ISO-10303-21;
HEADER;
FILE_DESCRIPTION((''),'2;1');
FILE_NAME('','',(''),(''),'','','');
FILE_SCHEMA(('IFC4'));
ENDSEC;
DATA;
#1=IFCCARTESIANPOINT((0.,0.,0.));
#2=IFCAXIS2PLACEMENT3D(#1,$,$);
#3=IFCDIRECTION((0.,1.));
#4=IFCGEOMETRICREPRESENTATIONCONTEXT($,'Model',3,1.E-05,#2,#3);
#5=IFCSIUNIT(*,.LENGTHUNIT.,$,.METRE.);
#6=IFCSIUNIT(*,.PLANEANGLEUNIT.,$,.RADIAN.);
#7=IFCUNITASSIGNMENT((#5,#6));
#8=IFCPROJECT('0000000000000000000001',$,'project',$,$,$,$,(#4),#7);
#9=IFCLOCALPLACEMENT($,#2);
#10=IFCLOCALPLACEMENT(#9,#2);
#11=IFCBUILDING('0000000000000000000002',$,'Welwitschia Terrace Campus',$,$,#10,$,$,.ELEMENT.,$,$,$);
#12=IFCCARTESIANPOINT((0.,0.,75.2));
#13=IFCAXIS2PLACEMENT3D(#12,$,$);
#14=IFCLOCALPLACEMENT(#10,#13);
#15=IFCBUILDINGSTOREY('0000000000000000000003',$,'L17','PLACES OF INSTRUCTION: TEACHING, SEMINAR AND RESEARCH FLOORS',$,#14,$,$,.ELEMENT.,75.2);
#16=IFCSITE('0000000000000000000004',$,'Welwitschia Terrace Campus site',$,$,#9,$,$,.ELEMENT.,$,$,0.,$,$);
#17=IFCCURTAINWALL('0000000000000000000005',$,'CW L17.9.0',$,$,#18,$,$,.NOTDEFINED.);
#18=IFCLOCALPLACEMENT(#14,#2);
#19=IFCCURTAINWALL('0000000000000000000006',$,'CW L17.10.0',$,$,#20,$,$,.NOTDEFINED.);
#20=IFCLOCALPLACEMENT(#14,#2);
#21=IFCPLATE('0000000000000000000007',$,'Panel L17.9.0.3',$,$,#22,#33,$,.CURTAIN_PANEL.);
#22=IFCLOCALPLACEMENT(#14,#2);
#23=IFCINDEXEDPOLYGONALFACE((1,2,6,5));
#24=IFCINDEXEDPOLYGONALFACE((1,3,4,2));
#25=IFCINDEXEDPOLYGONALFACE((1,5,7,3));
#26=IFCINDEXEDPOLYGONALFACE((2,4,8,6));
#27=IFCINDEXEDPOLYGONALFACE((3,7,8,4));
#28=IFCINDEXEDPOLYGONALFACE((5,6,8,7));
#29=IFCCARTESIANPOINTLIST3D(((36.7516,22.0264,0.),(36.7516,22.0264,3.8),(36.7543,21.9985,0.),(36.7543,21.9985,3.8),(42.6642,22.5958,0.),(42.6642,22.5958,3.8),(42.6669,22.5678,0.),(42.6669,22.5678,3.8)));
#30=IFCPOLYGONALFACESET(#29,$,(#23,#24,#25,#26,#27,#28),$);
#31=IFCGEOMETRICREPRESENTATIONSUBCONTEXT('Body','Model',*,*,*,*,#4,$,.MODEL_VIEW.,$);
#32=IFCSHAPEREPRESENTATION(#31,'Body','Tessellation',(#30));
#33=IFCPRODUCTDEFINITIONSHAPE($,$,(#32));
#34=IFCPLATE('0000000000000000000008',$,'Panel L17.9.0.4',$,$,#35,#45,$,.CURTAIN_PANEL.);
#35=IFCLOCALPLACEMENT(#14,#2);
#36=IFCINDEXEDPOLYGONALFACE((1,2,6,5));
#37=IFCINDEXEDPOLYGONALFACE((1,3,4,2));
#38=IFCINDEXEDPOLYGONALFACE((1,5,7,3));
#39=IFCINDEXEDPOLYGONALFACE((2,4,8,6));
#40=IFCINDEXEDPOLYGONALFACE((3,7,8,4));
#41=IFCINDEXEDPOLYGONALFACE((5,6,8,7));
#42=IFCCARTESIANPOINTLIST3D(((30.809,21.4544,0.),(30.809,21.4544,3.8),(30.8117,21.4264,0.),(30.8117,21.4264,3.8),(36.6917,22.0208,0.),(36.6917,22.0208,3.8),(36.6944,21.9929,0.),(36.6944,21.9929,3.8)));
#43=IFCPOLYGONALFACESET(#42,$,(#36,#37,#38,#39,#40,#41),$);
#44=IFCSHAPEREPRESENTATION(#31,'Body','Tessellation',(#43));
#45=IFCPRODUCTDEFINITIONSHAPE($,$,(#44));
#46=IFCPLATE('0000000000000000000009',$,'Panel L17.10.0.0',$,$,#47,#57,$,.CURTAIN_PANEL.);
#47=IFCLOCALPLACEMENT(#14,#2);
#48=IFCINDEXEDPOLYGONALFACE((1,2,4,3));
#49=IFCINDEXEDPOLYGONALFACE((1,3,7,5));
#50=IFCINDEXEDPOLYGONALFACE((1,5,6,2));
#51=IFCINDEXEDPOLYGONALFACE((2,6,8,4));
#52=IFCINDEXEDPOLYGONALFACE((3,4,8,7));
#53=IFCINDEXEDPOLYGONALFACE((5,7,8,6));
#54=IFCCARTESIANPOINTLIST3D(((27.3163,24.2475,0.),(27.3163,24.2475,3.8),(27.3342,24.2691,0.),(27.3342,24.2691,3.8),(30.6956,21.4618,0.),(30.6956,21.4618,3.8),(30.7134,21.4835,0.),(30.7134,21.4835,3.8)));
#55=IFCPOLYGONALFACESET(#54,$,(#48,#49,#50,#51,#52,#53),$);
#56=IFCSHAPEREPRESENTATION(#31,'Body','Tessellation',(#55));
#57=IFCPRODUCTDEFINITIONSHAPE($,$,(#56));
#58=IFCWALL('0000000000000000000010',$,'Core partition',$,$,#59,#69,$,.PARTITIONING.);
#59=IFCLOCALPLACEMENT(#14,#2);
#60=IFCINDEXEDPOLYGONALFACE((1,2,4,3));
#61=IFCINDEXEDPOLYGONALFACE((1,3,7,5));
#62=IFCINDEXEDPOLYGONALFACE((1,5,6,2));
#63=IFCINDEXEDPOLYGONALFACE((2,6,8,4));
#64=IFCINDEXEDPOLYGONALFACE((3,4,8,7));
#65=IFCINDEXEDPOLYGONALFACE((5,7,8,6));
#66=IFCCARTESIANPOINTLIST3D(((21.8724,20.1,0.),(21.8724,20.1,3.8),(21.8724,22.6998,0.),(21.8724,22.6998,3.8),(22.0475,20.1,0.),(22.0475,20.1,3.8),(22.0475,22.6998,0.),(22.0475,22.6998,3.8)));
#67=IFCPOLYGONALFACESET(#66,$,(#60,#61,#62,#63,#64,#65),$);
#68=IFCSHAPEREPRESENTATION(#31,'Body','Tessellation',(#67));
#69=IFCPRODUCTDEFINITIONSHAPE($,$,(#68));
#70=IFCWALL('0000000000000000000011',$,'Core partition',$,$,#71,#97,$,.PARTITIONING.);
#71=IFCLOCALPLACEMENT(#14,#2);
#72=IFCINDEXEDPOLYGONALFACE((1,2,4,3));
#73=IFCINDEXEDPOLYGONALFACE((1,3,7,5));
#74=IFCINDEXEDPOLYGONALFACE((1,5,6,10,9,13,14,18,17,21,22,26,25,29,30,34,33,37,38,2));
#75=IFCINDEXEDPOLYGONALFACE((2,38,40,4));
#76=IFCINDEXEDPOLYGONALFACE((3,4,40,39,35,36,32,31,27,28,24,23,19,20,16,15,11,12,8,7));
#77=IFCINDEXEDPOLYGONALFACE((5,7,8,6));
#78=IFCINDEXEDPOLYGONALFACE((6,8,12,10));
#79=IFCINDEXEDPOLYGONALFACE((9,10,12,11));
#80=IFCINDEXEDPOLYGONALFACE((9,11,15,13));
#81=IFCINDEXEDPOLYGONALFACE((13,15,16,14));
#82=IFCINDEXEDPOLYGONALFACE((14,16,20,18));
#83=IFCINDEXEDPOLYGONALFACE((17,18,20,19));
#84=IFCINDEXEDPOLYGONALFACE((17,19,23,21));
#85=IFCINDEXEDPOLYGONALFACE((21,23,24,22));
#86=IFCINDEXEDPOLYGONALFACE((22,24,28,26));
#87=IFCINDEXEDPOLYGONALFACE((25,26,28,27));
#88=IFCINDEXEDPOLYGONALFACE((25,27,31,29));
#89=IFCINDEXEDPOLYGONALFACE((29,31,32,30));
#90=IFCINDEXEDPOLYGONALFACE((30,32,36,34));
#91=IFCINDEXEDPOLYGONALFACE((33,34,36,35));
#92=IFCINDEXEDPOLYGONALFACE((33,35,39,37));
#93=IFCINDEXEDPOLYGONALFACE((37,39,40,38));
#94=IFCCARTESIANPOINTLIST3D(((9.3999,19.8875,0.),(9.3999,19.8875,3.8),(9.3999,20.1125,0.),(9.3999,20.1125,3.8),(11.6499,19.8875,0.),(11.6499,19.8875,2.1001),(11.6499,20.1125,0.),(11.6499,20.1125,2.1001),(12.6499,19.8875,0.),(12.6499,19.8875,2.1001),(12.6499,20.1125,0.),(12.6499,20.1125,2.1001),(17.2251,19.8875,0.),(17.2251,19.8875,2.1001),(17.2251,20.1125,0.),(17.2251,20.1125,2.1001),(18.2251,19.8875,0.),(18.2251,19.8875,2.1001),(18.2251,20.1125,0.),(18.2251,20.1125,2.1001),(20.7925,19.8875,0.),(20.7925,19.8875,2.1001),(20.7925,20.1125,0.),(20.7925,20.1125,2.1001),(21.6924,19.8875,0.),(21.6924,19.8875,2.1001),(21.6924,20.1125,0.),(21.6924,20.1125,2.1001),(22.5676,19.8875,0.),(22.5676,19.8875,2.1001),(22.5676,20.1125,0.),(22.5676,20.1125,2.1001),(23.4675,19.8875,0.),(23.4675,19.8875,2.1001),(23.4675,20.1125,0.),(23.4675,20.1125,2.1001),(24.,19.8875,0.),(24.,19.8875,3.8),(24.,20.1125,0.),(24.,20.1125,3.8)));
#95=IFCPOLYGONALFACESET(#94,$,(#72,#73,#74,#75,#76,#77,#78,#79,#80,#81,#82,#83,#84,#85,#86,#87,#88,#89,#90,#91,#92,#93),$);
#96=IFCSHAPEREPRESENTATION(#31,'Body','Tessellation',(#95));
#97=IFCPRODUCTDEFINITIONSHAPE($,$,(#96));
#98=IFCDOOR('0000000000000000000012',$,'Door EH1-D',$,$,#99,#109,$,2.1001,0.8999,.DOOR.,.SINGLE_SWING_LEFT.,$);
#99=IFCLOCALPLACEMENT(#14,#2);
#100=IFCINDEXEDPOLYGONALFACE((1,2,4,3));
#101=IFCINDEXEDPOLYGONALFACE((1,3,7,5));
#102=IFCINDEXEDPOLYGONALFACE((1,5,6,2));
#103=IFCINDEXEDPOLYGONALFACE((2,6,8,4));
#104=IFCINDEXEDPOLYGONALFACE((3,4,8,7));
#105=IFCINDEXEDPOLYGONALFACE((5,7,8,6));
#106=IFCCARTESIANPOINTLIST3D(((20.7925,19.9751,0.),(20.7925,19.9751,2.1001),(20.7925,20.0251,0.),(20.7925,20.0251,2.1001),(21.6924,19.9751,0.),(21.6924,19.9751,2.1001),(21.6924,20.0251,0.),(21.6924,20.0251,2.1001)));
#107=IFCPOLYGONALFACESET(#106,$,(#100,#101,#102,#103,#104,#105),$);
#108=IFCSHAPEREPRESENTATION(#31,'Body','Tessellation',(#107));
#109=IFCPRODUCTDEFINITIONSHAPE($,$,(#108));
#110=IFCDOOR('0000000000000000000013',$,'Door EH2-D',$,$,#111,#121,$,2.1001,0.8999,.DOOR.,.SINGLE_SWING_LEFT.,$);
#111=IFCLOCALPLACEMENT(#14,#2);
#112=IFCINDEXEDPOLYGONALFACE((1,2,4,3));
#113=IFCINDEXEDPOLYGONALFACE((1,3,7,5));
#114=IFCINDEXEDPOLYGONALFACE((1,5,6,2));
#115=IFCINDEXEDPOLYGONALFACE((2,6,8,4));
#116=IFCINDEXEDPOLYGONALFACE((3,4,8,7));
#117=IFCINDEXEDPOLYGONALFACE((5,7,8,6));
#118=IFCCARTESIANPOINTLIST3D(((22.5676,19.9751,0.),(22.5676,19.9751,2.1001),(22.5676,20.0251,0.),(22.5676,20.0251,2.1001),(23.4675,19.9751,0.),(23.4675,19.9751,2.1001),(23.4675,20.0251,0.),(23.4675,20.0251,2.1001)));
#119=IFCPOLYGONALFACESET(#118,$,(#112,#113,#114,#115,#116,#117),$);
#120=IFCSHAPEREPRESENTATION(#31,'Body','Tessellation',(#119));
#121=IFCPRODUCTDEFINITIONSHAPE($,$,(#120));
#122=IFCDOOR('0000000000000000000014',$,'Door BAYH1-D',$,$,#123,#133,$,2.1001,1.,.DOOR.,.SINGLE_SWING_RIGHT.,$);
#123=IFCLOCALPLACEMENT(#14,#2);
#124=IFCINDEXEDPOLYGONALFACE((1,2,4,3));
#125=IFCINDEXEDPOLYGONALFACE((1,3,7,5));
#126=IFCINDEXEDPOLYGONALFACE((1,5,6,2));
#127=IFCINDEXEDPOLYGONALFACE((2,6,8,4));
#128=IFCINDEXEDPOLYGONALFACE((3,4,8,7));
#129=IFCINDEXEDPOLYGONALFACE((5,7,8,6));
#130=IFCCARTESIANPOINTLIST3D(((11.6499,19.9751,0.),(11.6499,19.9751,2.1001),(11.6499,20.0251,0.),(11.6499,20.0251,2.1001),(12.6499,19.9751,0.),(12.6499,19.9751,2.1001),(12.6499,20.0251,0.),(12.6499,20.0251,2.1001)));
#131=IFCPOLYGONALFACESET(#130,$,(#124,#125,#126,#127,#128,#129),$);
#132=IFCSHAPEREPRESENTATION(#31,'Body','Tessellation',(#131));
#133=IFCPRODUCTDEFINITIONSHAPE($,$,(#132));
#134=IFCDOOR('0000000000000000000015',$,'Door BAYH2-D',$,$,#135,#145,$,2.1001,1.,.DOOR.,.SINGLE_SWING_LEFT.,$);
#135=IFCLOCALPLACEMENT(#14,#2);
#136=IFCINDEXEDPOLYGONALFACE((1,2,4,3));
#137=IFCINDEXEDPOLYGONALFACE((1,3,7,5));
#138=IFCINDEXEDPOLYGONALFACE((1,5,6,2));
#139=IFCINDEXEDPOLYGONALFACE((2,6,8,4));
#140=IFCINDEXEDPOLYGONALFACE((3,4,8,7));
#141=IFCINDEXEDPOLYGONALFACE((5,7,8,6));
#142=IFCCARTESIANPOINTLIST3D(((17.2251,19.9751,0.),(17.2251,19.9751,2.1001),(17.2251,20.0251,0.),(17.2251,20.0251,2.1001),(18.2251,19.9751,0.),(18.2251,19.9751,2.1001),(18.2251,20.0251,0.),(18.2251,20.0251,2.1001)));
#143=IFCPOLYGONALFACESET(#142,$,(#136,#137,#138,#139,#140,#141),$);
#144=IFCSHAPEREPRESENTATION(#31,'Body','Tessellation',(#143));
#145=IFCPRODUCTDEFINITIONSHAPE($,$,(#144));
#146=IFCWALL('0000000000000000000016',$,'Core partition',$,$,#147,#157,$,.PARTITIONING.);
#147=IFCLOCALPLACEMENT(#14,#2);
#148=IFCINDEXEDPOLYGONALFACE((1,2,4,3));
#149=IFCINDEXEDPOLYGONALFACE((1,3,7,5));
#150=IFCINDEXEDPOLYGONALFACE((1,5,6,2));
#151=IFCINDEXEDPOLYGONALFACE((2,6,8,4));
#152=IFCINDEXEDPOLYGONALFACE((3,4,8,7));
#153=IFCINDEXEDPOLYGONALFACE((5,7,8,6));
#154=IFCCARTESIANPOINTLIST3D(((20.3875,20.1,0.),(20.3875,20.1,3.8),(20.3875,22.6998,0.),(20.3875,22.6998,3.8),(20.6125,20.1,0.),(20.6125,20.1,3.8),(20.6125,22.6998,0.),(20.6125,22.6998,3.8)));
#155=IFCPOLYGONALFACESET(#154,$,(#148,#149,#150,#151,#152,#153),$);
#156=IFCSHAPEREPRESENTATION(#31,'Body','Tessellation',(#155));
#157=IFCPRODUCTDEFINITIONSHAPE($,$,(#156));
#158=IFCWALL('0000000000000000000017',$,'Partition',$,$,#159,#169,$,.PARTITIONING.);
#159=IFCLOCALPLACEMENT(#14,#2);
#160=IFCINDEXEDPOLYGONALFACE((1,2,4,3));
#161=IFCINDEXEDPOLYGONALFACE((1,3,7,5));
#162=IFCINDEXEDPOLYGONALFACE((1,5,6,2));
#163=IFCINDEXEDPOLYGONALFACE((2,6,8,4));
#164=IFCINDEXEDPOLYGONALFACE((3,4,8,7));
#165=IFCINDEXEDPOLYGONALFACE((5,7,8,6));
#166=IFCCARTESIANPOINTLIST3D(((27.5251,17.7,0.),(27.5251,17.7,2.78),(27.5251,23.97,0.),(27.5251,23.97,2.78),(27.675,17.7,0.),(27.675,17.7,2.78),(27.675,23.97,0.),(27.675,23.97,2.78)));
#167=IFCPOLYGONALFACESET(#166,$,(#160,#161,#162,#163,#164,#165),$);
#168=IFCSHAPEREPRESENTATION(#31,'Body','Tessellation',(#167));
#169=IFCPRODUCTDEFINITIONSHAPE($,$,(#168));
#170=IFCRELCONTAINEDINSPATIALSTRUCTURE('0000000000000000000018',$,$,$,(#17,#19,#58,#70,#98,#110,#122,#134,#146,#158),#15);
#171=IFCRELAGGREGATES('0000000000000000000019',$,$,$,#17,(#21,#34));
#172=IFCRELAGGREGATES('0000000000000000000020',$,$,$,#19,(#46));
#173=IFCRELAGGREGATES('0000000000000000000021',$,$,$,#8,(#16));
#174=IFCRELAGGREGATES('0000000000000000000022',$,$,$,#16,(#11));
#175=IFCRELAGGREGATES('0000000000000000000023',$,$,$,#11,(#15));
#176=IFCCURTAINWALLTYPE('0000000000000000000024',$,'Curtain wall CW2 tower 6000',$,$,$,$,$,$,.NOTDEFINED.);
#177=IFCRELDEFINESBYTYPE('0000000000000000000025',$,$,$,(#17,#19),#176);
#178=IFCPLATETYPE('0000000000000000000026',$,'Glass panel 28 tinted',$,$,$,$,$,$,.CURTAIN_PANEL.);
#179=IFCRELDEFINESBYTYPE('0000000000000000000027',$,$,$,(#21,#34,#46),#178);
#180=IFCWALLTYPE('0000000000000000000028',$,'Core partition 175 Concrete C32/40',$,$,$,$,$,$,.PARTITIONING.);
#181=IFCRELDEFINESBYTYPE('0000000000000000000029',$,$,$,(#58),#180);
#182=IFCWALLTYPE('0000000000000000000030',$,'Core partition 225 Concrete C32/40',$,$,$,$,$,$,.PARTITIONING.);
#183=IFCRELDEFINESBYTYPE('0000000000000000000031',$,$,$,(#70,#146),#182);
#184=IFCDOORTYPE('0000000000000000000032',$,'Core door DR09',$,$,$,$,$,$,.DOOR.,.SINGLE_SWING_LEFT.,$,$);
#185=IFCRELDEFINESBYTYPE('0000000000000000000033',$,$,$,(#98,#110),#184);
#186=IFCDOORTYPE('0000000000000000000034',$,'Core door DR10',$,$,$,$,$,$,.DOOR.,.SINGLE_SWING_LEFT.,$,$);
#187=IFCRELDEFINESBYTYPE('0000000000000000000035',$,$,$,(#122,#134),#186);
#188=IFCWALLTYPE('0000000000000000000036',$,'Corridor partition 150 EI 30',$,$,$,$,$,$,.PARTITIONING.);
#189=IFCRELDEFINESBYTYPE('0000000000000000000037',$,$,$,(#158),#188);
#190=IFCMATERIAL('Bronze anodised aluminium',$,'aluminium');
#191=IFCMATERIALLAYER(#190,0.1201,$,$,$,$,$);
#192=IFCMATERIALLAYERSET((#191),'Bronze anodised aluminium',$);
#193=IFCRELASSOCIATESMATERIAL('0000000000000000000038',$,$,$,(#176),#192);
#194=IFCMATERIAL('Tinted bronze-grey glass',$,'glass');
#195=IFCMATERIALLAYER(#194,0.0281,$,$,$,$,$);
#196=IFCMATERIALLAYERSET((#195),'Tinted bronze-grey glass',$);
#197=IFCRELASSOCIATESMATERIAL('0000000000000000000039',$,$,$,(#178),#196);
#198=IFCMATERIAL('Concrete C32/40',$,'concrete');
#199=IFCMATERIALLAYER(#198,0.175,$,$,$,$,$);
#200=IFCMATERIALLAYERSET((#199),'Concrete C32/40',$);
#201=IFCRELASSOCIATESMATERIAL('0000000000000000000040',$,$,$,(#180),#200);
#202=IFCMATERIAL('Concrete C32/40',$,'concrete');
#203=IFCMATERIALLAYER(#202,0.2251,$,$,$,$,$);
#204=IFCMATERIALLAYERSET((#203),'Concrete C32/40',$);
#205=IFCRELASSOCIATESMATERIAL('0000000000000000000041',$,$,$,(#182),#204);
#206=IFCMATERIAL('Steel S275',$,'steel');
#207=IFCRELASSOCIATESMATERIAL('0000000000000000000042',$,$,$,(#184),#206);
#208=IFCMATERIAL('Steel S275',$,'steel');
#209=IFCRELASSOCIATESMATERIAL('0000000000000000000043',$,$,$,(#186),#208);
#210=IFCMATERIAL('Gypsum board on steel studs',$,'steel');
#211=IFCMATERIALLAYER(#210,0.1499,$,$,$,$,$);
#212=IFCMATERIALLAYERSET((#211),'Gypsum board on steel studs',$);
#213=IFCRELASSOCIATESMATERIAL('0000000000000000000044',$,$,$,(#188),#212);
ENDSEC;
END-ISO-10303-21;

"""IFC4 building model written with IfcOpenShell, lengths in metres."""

from ifc_helpers import new_model, si_unit, direction, frame, frame_2d, origin, origin_2d, place, context, subcontext, project, spatial, rectangle, extrude, material, layer, layer_set, type_object, element, fill, aggregate, save


model = new_model("IFC4")

# Units and contexts
model_context = context("Model", 3, precision=1e-05, world=origin(), true_north=direction((0.0, 1.0)))
body_context = subcontext(model_context, "Body", "Model", "MODEL_VIEW")
ifc_project = project(units=[si_unit("LENGTHUNIT", "METRE"), si_unit("PLANEANGLEUNIT", "RADIAN")], contexts=[model_context])

# Site, building, storey
site_placement = place(None, origin())
site = spatial("IfcSite", under=ifc_project, at=site_placement, Name="Welwitschia Terrace Campus site", CompositionType="ELEMENT", RefElevation=0.0)
building_placement = place(site_placement, origin())
building = spatial("IfcBuilding", under=site, at=building_placement, Name="Welwitschia Terrace Campus", CompositionType="ELEMENT")
storey_placement = place(building_placement, frame((0.0, 0.0, 75.2)))
storey = spatial("IfcBuildingStorey", under=building, at=storey_placement, Name="L17", Description="PLACES OF INSTRUCTION: TEACHING, SEMINAR AND RESEARCH FLOORS", CompositionType="ELEMENT", Elevation=75.2)

# Curtain wall
ifc_material_1 = material(Name="Bronze anodised aluminium", Category="aluminium")
ifc_layer_1 = layer(ifc_material_1, 0.1201)
ifc_layer_set_1 = layer_set([ifc_layer_1], Name="Bronze anodised aluminium")
curtain_wall_type = type_object("IfcCurtainWallType", Name="Curtain wall CW2 tower 6000", PredefinedType="NOTDEFINED", material=ifc_layer_set_1)
curtain_wall_1_placement = place(storey_placement, origin())
curtain_wall_1 = element("IfcCurtainWall", 1, at=curtain_wall_1_placement, inside=storey, type_object=curtain_wall_type, Name="CW L17.9.0", PredefinedType="NOTDEFINED")

# Curtain wall
curtain_wall_2_placement = place(storey_placement, origin())
curtain_wall_2 = element("IfcCurtainWall", 2, at=curtain_wall_2_placement, inside=storey, type_object=curtain_wall_type, Name="CW L17.10.0", PredefinedType="NOTDEFINED")

# Plates
ifc_material_2 = material(Name="Tinted bronze-grey glass", Category="glass")
ifc_layer_2 = layer(ifc_material_2, 0.0281)
ifc_layer_set_2 = layer_set([ifc_layer_2], Name="Tinted bronze-grey glass")
plate_type = type_object("IfcPlateType", Name="Glass panel 28 tinted", PredefinedType="CURTAIN_PANEL", material=ifc_layer_set_2)
plate_1_placement = place(storey_placement, frame((39.7092, 22.2971, 0.0), z_axis=(0.0, 0.0, 1.0), x_axis=(-0.995396, -0.095846, 0.0)))
plate_1 = element("IfcPlate", 3, at=plate_1_placement, type_object=plate_type, Name="Panel L17.9.0.3", PredefinedType="CURTAIN_PANEL", context=body_context, shape_type="SweptSolid", body=[
    extrude(rectangle(XDim=5.9399, YDim=0.0281, at=origin_2d()), origin(), (0.0, 0.0, 1.0), 3.8),
])
plate_2_placement = place(storey_placement, frame((33.7517, 21.7236, 0.0), z_axis=(0.0, 0.0, 1.0), x_axis=(-0.995396, -0.095846, 0.0)))
plate_2 = element("IfcPlate", 4, at=plate_2_placement, type_object=plate_type, Name="Panel L17.9.0.4", PredefinedType="CURTAIN_PANEL", context=body_context, shape_type="SweptSolid", body=[
    extrude(rectangle(XDim=5.9099, YDim=0.0281, at=origin_2d()), origin(), (0.0, 0.0, 1.0), 3.8),
])
aggregate(curtain_wall_1, [plate_1, plate_2])
plate_3_placement = place(storey_placement, frame((29.0149, 22.8655, 0.0), z_axis=(0.0, 0.0, 1.0), x_axis=(-0.771625, 0.636078, 0.0)))
plate_3 = element("IfcPlate", 5, at=plate_3_placement, type_object=plate_type, Name="Panel L17.10.0.0", PredefinedType="CURTAIN_PANEL", context=body_context, shape_type="SweptSolid", body=[
    extrude(rectangle(XDim=4.3794, YDim=0.0281, at=origin_2d()), origin(), (0.0, 0.0, 1.0), 3.8),
])
aggregate(curtain_wall_2, [plate_3])

# Wall
ifc_material_3 = material(Name="Concrete C32/40", Category="concrete")
ifc_layer_3 = layer(ifc_material_3, 0.175)
ifc_layer_set_3 = layer_set([ifc_layer_3], Name="Concrete C32/40")
wall_type_1 = type_object("IfcWallType", Name="Core partition 175 Concrete C32/40", PredefinedType="PARTITIONING", material=ifc_layer_set_3)
wall_1_placement = place(storey_placement, frame((21.96, 20.1001, 0.0), z_axis=(0.0, 0.0, 1.0), x_axis=(0.0, 1.0, 0.0)))
element("IfcWall", 6, at=wall_1_placement, inside=storey, type_object=wall_type_1, Name="Core partition", PredefinedType="PARTITIONING", context=body_context, shape_type="SweptSolid", body=[
    extrude(rectangle(XDim=2.5999, YDim=0.175, at=frame_2d((1.2998, 0.0))), origin(), (0.0, 0.0, 1.0), 3.8),
])

# Wall, openings, doors
ifc_material_4 = material(Name="Concrete C32/40", Category="concrete")
ifc_layer_4 = layer(ifc_material_4, 0.2251)
ifc_layer_set_4 = layer_set([ifc_layer_4], Name="Concrete C32/40")
wall_type_2 = type_object("IfcWallType", Name="Core partition 225 Concrete C32/40", PredefinedType="PARTITIONING", material=ifc_layer_set_4)
wall_2_placement = place(storey_placement, frame((24.0, 20.0, 0.0), z_axis=(0.0, 0.0, 1.0), x_axis=(-1.0, 0.0, 0.0)))
wall_2 = element("IfcWall", 7, at=wall_2_placement, inside=storey, type_object=wall_type_2, Name="Core partition", PredefinedType="PARTITIONING", context=body_context, shape_type="SweptSolid", body=[
    extrude(rectangle(XDim=14.6001, YDim=0.2251, at=frame_2d((7.3, 0.0))), origin(), (0.0, 0.0, 1.0), 3.8),
])
opening_1_placement = place(wall_2_placement, frame((11.3501, 0.0, 0.0)))
opening_1 = element("IfcOpeningElement", 8, at=opening_1_placement, cuts=wall_2, PredefinedType="OPENING", context=body_context, shape_type="SweptSolid", body=[
    extrude(rectangle(XDim=1.0, YDim=2.1001, at=frame_2d((0.5, 1.05))), frame((0.0, 0.1226, 0.0), z_axis=(0.0, -1.0, 0.0), x_axis=(1.0, 0.0, 0.0)), (0.0, 0.0, 1.0), 0.2451),
])
opening_2_placement = place(wall_2_placement, frame((5.7749, 0.0, 0.0)))
opening_2 = element("IfcOpeningElement", 9, at=opening_2_placement, cuts=wall_2, PredefinedType="OPENING", context=body_context, shape_type="SweptSolid", body=[
    extrude(rectangle(XDim=1.0, YDim=2.1001, at=frame_2d((0.5, 1.05))), frame((0.0, 0.1226, 0.0), z_axis=(0.0, -1.0, 0.0), x_axis=(1.0, 0.0, 0.0)), (0.0, 0.0, 1.0), 0.2451),
])
opening_3_placement = place(wall_2_placement, frame((2.3076, 0.0, 0.0)))
opening_3 = element("IfcOpeningElement", 10, at=opening_3_placement, cuts=wall_2, PredefinedType="OPENING", context=body_context, shape_type="SweptSolid", body=[
    extrude(rectangle(XDim=0.8999, YDim=2.1001, at=frame_2d((0.45, 1.05))), frame((0.0, 0.1226, 0.0), z_axis=(0.0, -1.0, 0.0), x_axis=(1.0, 0.0, 0.0)), (0.0, 0.0, 1.0), 0.2451),
])
opening_4_placement = place(wall_2_placement, frame((0.5325, 0.0, 0.0)))
opening_4 = element("IfcOpeningElement", 11, at=opening_4_placement, cuts=wall_2, PredefinedType="OPENING", context=body_context, shape_type="SweptSolid", body=[
    extrude(rectangle(XDim=0.8999, YDim=2.1001, at=frame_2d((0.45, 1.05))), frame((0.0, 0.1226, 0.0), z_axis=(0.0, -1.0, 0.0), x_axis=(1.0, 0.0, 0.0)), (0.0, 0.0, 1.0), 0.2451),
])
ifc_material_5 = material(Name="Steel S275", Category="steel")
door_type_1 = type_object("IfcDoorType", Name="Core door DR09", OperationType="SINGLE_SWING_LEFT", PredefinedType="DOOR", material=ifc_material_5)
door_1_placement = place(opening_3_placement, origin())
door_1 = element("IfcDoor", 12, at=door_1_placement, inside=storey, type_object=door_type_1, Name="Door EH1-D", OperationType="SINGLE_SWING_LEFT", OverallHeight=2.1001, OverallWidth=0.8999, PredefinedType="DOOR", context=body_context, shape_type="SweptSolid", body=[
    extrude(rectangle(XDim=0.8999, YDim=2.1001, at=frame_2d((0.45, 1.05))), frame((0.0, 0.0249, 0.0), z_axis=(0.0, -1.0, 0.0), x_axis=(1.0, 0.0, 0.0)), (0.0, 0.0, 1.0), 0.05),
])
fill(opening_3, door_1)
door_2_placement = place(opening_4_placement, origin())
door_2 = element("IfcDoor", 13, at=door_2_placement, inside=storey, type_object=door_type_1, Name="Door EH2-D", OperationType="SINGLE_SWING_LEFT", OverallHeight=2.1001, OverallWidth=0.8999, PredefinedType="DOOR", context=body_context, shape_type="SweptSolid", body=[
    extrude(rectangle(XDim=0.8999, YDim=2.1001, at=frame_2d((0.45, 1.05))), frame((0.0, 0.0249, 0.0), z_axis=(0.0, -1.0, 0.0), x_axis=(1.0, 0.0, 0.0)), (0.0, 0.0, 1.0), 0.05),
])
fill(opening_4, door_2)
ifc_material_6 = material(Name="Steel S275", Category="steel")
door_type_2 = type_object("IfcDoorType", Name="Core door DR10", OperationType="SINGLE_SWING_LEFT", PredefinedType="DOOR", material=ifc_material_6)
door_3_placement = place(opening_1_placement, origin())
door_3 = element("IfcDoor", 14, at=door_3_placement, inside=storey, type_object=door_type_2, Name="Door BAYH1-D", OperationType="SINGLE_SWING_RIGHT", OverallHeight=2.1001, OverallWidth=1.0, PredefinedType="DOOR", context=body_context, shape_type="SweptSolid", body=[
    extrude(rectangle(XDim=1.0, YDim=2.1001, at=frame_2d((0.5, 1.05))), frame((0.0, 0.0249, 0.0), z_axis=(0.0, -1.0, 0.0), x_axis=(1.0, 0.0, 0.0)), (0.0, 0.0, 1.0), 0.05),
])
fill(opening_1, door_3)
door_4_placement = place(opening_2_placement, origin())
door_4 = element("IfcDoor", 15, at=door_4_placement, inside=storey, type_object=door_type_2, Name="Door BAYH2-D", OperationType="SINGLE_SWING_LEFT", OverallHeight=2.1001, OverallWidth=1.0, PredefinedType="DOOR", context=body_context, shape_type="SweptSolid", body=[
    extrude(rectangle(XDim=1.0, YDim=2.1001, at=frame_2d((0.5, 1.05))), frame((0.0, 0.0249, 0.0), z_axis=(0.0, -1.0, 0.0), x_axis=(1.0, 0.0, 0.0)), (0.0, 0.0, 1.0), 0.05),
])
fill(opening_2, door_4)

# Walls
wall_3_placement = place(storey_placement, frame((20.5, 20.1001, 0.0), z_axis=(0.0, 0.0, 1.0), x_axis=(0.0, 1.0, 0.0)))
element("IfcWall", 16, at=wall_3_placement, inside=storey, type_object=wall_type_2, Name="Core partition", PredefinedType="PARTITIONING", context=body_context, shape_type="SweptSolid", body=[
    extrude(rectangle(XDim=2.5999, YDim=0.2251, at=frame_2d((1.2998, 0.0))), origin(), (0.0, 0.0, 1.0), 3.8),
])
ifc_material_7 = material(Name="Gypsum board on steel studs", Category="steel")
ifc_layer_5 = layer(ifc_material_7, 0.1499)
ifc_layer_set_5 = layer_set([ifc_layer_5], Name="Gypsum board on steel studs")
wall_type_3 = type_object("IfcWallType", Name="Corridor partition 150 EI 30", PredefinedType="PARTITIONING", material=ifc_layer_set_5)
wall_4_placement = place(storey_placement, frame((27.6001, 17.7, 0.0), z_axis=(0.0, 0.0, 1.0), x_axis=(0.0, 1.0, 0.0)))
element("IfcWall", 17, at=wall_4_placement, inside=storey, type_object=wall_type_3, Name="Partition", PredefinedType="PARTITIONING", context=body_context, shape_type="SweptSolid", body=[
    extrude(rectangle(XDim=6.27, YDim=0.1499, at=frame_2d((3.135, 0.0))), origin(), (0.0, 0.0, 1.0), 2.78),
])

save(model, "model.ifc")
